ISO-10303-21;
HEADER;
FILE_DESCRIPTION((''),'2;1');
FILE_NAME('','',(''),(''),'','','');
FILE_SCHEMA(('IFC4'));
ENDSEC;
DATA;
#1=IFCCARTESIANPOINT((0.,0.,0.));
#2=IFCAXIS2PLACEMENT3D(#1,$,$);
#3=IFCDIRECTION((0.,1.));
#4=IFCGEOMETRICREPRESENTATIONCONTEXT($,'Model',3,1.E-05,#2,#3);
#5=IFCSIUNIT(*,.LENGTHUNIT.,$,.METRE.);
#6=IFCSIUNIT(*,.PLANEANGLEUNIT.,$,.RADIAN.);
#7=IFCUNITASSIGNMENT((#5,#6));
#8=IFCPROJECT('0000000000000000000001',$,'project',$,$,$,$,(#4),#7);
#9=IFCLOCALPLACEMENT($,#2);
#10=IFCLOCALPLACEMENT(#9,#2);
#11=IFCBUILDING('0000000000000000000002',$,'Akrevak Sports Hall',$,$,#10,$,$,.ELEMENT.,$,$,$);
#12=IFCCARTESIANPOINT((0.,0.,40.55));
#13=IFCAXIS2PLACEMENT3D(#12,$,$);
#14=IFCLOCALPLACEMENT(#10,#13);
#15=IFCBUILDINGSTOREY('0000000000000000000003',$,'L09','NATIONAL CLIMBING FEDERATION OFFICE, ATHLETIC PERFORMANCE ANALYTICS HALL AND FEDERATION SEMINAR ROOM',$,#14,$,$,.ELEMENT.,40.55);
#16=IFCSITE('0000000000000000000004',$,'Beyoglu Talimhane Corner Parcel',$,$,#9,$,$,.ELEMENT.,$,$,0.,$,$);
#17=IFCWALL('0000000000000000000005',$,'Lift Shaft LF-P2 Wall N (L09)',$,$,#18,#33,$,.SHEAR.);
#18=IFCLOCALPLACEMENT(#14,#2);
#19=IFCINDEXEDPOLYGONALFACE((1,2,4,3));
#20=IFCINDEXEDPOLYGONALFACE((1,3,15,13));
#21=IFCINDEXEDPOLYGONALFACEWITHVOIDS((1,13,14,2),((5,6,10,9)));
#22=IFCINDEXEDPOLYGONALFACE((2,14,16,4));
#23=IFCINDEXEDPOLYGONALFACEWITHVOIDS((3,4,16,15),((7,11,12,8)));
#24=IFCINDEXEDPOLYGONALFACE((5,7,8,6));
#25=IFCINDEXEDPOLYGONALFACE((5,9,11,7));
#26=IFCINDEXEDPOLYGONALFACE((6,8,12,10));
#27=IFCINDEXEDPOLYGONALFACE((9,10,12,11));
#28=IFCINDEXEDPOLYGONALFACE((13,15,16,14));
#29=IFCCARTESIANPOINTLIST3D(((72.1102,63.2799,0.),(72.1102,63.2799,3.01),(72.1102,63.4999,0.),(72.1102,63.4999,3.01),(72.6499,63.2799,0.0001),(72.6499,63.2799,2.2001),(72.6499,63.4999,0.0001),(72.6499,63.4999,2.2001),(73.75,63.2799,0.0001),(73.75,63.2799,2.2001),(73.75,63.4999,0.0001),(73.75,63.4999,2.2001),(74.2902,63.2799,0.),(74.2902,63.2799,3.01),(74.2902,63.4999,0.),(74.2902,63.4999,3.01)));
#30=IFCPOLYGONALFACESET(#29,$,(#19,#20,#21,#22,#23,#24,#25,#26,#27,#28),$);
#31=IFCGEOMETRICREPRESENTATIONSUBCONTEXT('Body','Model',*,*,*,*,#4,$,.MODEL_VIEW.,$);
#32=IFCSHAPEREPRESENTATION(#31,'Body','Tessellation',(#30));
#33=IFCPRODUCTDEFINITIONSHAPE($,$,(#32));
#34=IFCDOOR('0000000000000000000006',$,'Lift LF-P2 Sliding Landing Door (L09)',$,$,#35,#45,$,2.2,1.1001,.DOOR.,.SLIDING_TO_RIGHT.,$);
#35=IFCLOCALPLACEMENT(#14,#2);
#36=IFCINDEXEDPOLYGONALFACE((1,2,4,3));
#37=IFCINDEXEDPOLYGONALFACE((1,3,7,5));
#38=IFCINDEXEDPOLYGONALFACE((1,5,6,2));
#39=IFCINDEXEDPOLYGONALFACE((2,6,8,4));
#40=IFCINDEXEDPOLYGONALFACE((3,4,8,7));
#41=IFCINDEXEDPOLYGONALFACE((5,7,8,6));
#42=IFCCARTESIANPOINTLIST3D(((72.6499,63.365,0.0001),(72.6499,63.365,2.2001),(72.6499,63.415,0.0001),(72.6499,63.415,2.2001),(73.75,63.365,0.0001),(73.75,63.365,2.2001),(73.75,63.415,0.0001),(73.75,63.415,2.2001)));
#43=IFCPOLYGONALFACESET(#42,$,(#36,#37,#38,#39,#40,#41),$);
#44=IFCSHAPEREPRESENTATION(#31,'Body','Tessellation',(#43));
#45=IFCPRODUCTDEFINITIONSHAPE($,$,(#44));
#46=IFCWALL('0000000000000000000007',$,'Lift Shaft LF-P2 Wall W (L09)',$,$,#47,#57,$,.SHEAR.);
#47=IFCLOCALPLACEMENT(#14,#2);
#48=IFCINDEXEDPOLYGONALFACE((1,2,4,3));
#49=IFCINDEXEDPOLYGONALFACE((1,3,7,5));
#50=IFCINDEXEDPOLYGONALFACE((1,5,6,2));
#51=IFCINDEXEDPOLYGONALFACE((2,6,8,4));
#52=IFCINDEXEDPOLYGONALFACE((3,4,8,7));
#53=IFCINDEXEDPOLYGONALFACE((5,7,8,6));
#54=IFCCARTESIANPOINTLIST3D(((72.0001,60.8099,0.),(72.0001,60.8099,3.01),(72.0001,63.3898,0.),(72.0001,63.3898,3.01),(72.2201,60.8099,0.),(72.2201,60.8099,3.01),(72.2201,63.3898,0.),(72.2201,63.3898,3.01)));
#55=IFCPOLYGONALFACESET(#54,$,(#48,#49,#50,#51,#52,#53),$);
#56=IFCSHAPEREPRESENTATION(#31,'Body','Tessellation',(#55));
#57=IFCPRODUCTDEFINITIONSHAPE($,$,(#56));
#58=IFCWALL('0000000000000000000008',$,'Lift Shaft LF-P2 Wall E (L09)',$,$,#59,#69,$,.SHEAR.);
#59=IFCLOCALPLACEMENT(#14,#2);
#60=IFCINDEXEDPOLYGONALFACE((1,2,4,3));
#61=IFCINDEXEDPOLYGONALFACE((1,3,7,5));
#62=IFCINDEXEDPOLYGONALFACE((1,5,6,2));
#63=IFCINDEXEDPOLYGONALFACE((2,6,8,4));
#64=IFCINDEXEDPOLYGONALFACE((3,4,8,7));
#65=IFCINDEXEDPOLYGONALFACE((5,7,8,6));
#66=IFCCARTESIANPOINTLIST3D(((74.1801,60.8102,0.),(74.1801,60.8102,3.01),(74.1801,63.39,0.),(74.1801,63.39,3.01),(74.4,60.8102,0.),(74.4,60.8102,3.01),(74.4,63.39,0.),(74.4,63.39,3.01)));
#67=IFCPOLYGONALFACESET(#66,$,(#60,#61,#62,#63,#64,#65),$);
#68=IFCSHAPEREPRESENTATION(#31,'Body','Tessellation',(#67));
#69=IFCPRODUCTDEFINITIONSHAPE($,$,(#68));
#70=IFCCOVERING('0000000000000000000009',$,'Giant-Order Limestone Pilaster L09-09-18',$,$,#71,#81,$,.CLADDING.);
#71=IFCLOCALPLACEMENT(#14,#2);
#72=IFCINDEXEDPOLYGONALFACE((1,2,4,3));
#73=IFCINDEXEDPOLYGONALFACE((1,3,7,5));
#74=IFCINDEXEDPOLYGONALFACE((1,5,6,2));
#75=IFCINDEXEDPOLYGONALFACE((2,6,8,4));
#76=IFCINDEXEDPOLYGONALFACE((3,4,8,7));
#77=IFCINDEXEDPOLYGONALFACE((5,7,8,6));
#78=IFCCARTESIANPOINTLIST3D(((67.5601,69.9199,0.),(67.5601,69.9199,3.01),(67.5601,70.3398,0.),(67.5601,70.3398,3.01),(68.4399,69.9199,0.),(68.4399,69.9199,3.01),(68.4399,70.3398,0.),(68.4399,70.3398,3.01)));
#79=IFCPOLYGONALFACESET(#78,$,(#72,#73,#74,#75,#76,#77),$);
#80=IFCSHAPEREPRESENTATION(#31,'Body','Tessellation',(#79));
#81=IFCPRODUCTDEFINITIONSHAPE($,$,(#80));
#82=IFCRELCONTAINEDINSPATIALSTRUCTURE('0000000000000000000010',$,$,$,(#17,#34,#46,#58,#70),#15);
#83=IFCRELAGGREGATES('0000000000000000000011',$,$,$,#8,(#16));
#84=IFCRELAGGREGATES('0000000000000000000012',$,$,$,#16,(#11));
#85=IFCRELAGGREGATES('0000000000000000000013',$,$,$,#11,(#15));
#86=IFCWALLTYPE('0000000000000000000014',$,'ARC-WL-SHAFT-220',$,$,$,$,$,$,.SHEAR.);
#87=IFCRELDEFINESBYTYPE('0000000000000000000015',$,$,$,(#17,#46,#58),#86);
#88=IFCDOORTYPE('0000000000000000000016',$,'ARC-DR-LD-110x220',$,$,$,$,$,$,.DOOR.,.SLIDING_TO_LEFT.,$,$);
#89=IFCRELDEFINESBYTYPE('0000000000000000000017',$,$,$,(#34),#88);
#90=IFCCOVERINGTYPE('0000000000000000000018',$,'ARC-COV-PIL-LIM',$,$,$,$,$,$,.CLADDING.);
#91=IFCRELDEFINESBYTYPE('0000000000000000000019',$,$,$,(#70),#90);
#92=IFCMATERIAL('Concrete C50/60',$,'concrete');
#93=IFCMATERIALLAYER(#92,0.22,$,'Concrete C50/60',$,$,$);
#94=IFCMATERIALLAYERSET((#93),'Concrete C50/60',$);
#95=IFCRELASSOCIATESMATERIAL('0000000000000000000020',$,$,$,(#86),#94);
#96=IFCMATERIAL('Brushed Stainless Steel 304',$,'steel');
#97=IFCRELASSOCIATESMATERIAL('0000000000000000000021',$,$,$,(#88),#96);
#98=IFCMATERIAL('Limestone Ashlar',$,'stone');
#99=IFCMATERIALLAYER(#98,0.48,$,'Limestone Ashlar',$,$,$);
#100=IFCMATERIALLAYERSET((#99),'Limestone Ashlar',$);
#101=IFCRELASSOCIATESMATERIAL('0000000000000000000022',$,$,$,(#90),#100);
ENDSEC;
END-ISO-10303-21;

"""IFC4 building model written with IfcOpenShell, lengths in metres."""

from ifc_helpers import new_model, si_unit, direction, frame, frame_2d, origin, origin_2d, place, context, subcontext, project, spatial, rectangle, extrude, material, layer, layer_set, type_object, element, fill, save


model = new_model("IFC4")

# Units and contexts
model_context = context("Model", 3, precision=1e-05, world=origin(), true_north=direction((0.0, 1.0)))
body_context = subcontext(model_context, "Body", "Model", "MODEL_VIEW")
ifc_project = project(units=[si_unit("LENGTHUNIT", "METRE"), si_unit("PLANEANGLEUNIT", "RADIAN")], contexts=[model_context])

# Site, building, storey
site_placement = place(None, origin())
site = spatial("IfcSite", under=ifc_project, at=site_placement, Name="Beyoglu Talimhane Corner Parcel", CompositionType="ELEMENT", RefElevation=0.0)
building_placement = place(site_placement, origin())
building = spatial("IfcBuilding", under=site, at=building_placement, Name="Akrevak Sports Hall", CompositionType="ELEMENT")
storey_placement = place(building_placement, frame((0.0, 0.0, 40.55)))
storey = spatial("IfcBuildingStorey", under=building, at=storey_placement, Name="L09", Description="NATIONAL CLIMBING FEDERATION OFFICE, ATHLETIC PERFORMANCE ANALYTICS HALL AND FEDERATION SEMINAR ROOM", CompositionType="ELEMENT", Elevation=40.55)

# Shared definitions
ifc_material_1 = material(Name="Concrete C50/60", Category="concrete")

# Shared definitions
ifc_layer_1 = layer(ifc_material_1, 0.22, Name="Concrete C50/60")
ifc_layer_set_1 = layer_set([ifc_layer_1], Name="Concrete C50/60")
wall_type_1 = type_object("IfcWallType", Name="ARC-WL-SHAFT-220", PredefinedType="SHEAR", material=ifc_layer_set_1)

# Shared definitions
ifc_material_2 = material(Name="Brushed Stainless Steel 304", Category="steel")
door_type_1 = type_object("IfcDoorType", Name="ARC-DR-LD-110x220", OperationType="SLIDING_TO_LEFT", PredefinedType="DOOR", material=ifc_material_2)

# Wall, opening, door
wall_1_placement = place(storey_placement, frame((74.29, 63.3899, 0.0), z_axis=(0.0, 0.0, 1.0), x_axis=(-1.0, 0.0, 0.0)))
wall_1 = element("IfcWall", 1, at=wall_1_placement, inside=storey, type_object=wall_type_1, Name="Lift Shaft LF-P2 Wall N (L09)", PredefinedType="SHEAR", context=body_context, shape_type="SweptSolid", body=[
    extrude(rectangle(XDim=2.1799, YDim=0.22, at=frame_2d((1.0898, 0.0))), origin(), (0.0, 0.0, 1.0), 3.01),
])
opening_1_placement = place(wall_1_placement, frame((0.54, 0.0, 0.0)))
opening_1 = element("IfcOpeningElement", 2, at=opening_1_placement, cuts=wall_1, PredefinedType="OPENING", context=body_context, shape_type="SweptSolid", body=[
    extrude(rectangle(XDim=1.1001, YDim=2.2, at=frame_2d((0.55, 1.1001))), frame((0.0, 0.1221, 0.0), z_axis=(0.0, -1.0, 0.0), x_axis=(1.0, 0.0, 0.0)), (0.0, 0.0, 1.0), 0.2439),
])
door_1_placement = place(opening_1_placement, origin())
door_1 = element("IfcDoor", 3, at=door_1_placement, inside=storey, type_object=door_type_1, Name="Lift LF-P2 Sliding Landing Door (L09)", OperationType="SLIDING_TO_RIGHT", OverallHeight=2.2, OverallWidth=1.1001, PredefinedType="DOOR", context=body_context, shape_type="SweptSolid", body=[
    extrude(rectangle(XDim=1.1001, YDim=2.2, at=frame_2d((0.55, 1.1001))), frame((0.0, 0.0249, 0.0), z_axis=(0.0, -1.0, 0.0), x_axis=(1.0, 0.0, 0.0)), (0.0, 0.0, 1.0), 0.05),
])
fill(opening_1, door_1)

# Walls
for number, where, z_axis, x_axis, name in (
    (4, (72.1101, 63.3899, 0.0), (0.0, 0.0, 1.0), (0.0, -1.0, 0.0), "Lift Shaft LF-P2 Wall W (L09)"),
    (5, (74.29, 60.8101, 0.0), (0.0, 0.0, 1.0), (0.0, 1.0, 0.0), "Lift Shaft LF-P2 Wall E (L09)"),
):
    element("IfcWall", number, at=place(storey_placement, frame(where, z_axis=z_axis, x_axis=x_axis)), inside=storey, type_object=wall_type_1, Name=name, PredefinedType="SHEAR", context=body_context, shape_type="SweptSolid", body=[
        extrude(rectangle(XDim=2.5798, YDim=0.22, at=frame_2d((1.29, 0.0))), origin(), (0.0, 0.0, 1.0), 3.01),
    ])

# Covering
ifc_material_3 = material(Name="Limestone Ashlar", Category="stone")
ifc_layer_2 = layer(ifc_material_3, 0.48, Name="Limestone Ashlar")
ifc_layer_set_2 = layer_set([ifc_layer_2], Name="Limestone Ashlar")
covering_type = type_object("IfcCoveringType", Name="ARC-COV-PIL-LIM", PredefinedType="CLADDING", material=ifc_layer_set_2)
covering_placement = place(storey_placement, frame((68.0, 70.1299, 0.0), z_axis=(0.0, 0.0, 1.0), x_axis=(-1.0, 0.0, 0.0)))
element("IfcCovering", 6, at=covering_placement, inside=storey, type_object=covering_type, Name="Giant-Order Limestone Pilaster L09-09-18", PredefinedType="CLADDING", context=body_context, shape_type="SweptSolid", body=[
    extrude(rectangle(XDim=0.8799, YDim=0.4199, at=origin_2d()), origin(), (0.0, 0.0, 1.0), 3.01),
])

save(model, "model.ifc")
